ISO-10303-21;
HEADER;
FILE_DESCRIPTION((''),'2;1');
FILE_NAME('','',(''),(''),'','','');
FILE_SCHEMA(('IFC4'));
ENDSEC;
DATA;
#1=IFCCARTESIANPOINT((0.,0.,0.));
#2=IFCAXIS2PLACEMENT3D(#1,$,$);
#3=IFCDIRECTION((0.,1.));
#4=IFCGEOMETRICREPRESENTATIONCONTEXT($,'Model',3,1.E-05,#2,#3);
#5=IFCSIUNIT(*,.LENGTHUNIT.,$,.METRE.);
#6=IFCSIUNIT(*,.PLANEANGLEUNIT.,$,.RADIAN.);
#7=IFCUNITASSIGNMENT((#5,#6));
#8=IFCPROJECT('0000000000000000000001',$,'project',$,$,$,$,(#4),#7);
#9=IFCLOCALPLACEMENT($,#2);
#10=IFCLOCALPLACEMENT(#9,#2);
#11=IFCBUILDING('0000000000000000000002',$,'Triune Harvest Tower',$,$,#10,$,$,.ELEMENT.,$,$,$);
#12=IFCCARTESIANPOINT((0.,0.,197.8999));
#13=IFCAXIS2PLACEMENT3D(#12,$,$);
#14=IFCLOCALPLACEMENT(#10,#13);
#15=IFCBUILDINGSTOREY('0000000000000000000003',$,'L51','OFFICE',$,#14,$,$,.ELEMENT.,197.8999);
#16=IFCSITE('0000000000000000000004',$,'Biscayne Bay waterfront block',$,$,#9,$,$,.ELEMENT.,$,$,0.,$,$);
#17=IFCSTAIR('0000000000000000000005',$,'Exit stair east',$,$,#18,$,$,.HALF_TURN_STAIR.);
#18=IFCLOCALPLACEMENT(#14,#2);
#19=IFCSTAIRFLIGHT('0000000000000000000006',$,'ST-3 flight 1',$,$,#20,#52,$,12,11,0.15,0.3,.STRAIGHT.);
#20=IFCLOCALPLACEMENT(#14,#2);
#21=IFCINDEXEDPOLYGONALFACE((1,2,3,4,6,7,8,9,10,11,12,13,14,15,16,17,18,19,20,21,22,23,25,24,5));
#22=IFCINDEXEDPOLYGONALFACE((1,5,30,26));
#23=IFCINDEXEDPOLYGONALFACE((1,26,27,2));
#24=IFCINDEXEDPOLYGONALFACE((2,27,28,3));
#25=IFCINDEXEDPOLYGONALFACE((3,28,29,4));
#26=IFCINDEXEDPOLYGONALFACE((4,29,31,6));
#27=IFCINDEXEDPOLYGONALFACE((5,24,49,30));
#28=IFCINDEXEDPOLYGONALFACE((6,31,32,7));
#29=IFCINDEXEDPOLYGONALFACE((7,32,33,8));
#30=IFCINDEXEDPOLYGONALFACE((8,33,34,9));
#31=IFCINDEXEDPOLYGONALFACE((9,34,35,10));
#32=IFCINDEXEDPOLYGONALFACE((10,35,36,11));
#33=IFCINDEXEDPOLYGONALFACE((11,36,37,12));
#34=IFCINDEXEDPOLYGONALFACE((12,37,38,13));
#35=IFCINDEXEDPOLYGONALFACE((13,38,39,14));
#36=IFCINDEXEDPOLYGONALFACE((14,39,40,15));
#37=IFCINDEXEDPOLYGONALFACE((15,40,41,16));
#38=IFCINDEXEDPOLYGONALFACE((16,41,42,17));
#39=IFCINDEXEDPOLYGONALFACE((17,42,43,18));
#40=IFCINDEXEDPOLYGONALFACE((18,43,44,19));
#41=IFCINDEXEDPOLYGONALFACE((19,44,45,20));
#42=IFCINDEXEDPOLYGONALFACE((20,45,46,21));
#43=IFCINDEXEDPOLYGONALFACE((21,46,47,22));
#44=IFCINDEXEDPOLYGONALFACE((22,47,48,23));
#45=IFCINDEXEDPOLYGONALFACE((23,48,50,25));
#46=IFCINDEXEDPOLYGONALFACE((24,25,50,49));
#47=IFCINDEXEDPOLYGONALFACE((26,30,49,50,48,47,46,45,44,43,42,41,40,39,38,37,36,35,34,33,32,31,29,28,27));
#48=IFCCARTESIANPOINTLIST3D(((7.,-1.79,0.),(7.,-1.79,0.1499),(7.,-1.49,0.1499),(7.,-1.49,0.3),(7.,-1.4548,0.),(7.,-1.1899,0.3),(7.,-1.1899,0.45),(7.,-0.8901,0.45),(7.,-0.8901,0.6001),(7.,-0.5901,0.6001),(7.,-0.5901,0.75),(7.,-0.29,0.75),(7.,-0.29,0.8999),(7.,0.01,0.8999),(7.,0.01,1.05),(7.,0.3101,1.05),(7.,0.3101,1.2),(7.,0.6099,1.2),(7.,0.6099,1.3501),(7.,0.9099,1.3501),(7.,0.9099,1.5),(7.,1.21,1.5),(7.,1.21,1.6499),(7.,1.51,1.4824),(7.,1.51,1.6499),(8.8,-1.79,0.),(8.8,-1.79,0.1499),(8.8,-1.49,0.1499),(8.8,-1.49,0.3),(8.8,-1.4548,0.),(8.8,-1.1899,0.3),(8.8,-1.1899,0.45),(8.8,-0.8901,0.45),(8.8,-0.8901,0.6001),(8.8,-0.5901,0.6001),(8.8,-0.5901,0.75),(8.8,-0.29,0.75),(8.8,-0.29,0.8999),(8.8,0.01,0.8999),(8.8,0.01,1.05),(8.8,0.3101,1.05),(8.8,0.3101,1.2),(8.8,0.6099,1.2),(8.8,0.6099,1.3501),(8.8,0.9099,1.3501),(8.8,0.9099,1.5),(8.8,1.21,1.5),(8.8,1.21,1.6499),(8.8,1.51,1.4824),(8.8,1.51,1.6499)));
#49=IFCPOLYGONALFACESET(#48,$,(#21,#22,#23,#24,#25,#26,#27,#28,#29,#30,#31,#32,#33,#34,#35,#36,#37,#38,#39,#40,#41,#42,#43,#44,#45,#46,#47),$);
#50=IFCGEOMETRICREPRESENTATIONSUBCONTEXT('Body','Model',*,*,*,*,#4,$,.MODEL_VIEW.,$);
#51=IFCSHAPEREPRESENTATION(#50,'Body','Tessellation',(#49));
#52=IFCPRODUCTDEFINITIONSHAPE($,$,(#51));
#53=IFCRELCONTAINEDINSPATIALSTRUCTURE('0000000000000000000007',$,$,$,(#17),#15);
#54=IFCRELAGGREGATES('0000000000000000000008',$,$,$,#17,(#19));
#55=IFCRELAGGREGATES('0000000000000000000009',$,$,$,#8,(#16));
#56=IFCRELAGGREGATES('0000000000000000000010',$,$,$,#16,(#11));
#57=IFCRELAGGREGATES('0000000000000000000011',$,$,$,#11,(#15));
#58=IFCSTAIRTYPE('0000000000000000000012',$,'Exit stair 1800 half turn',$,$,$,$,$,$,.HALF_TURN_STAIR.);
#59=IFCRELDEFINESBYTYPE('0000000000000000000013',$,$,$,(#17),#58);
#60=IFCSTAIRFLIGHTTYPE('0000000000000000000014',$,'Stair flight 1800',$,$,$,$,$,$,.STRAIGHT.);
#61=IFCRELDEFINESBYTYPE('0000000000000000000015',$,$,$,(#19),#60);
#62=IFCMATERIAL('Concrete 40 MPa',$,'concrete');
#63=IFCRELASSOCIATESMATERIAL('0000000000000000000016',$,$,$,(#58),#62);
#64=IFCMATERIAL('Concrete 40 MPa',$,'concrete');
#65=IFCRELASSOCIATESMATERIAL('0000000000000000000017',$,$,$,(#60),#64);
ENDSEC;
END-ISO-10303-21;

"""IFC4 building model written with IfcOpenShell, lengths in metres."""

from ifc_helpers import new_model, si_unit, direction, frame, origin, place, context, subcontext, project, spatial, polyline, outline, extrude, source, transform, mapped, material, type_object, element, aggregate, save


model = new_model("IFC4")

# Units and contexts
model_context = context("Model", 3, precision=1e-05, world=origin(), true_north=direction((0.0, 1.0)))
body_context = subcontext(model_context, "Body", "Model", "MODEL_VIEW")
ifc_project = project(units=[si_unit("LENGTHUNIT", "METRE"), si_unit("PLANEANGLEUNIT", "RADIAN")], contexts=[model_context])

# Site, building, storey
site_placement = place(None, origin())
site = spatial("IfcSite", under=ifc_project, at=site_placement, Name="Biscayne Bay waterfront block", CompositionType="ELEMENT", RefElevation=0.0)
building_placement = place(site_placement, origin())
building = spatial("IfcBuilding", under=site, at=building_placement, Name="Triune Harvest Tower", CompositionType="ELEMENT")
storey_placement = place(building_placement, frame((0.0, 0.0, 197.8999)))
storey = spatial("IfcBuildingStorey", under=building, at=storey_placement, Name="L51", Description="OFFICE", CompositionType="ELEMENT", Elevation=197.8999)

# Stair, stair flight
ifc_material_1 = material(Name="Concrete 40 MPa", Category="concrete")
stair_type = type_object("IfcStairType", Name="Exit stair 1800 half turn", PredefinedType="HALF_TURN_STAIR", material=ifc_material_1)
stair_placement = place(storey_placement, origin())
stair = element("IfcStair", 1, at=stair_placement, inside=storey, type_object=stair_type, Name="Exit stair east", PredefinedType="HALF_TURN_STAIR")
ifc_material_2 = material(Name="Concrete 40 MPa", Category="concrete")
stair_flight_type = type_object("IfcStairFlightType", Name="Stair flight 1800", PredefinedType="STRAIGHT", material=ifc_material_2)
shared_shape_1 = source(origin(), body_context, "Body", "SweptSolid", [
    extrude(outline(polyline([(0.0, 0.0), (0.0, 0.1499), (0.3, 0.1499), (0.3, 0.3), (0.6001, 0.3), (0.6001, 0.45), (0.8999, 0.45), (0.8999, 0.6001), (1.2, 0.6001), (1.2, 0.75), (1.5, 0.75), (1.5, 0.8999), (1.8, 0.8999), (1.8, 1.05), (2.1001, 1.05), (2.1001, 1.2), (2.3999, 1.2), (2.3999, 1.3501), (2.7, 1.3501), (2.7, 1.5), (3.0, 1.5), (3.0, 1.6499), (3.3, 1.6499), (3.3, 1.8), (3.3, 1.4824), (0.3352, 0.0), (0.0, 0.0)])), frame((0.0, 0.8999, 0.0), z_axis=(0.0, -1.0, 0.0), x_axis=(1.0, 0.0, 0.0)), (0.0, 0.0, 1.0), 1.8),
])
stair_flight_placement = place(storey_placement, frame((7.8999, -1.79, 0.0), z_axis=(0.0, 0.0, 1.0), x_axis=(0.0, 1.0, 0.0)))
stair_flight = element("IfcStairFlight", 2, at=stair_flight_placement, type_object=stair_flight_type, Name="ST-3 flight 1", NumberOfRisers=12, NumberOfTreads=11, PredefinedType="STRAIGHT", RiserHeight=0.15, TreadLength=0.3, context=body_context, shape_type="MappedRepresentation", body=[
    mapped(shared_shape_1, transform((0.0, 0.0, 0.0), scale=1.0)),
])
aggregate(stair, [stair_flight])

save(model, "model.ifc")
